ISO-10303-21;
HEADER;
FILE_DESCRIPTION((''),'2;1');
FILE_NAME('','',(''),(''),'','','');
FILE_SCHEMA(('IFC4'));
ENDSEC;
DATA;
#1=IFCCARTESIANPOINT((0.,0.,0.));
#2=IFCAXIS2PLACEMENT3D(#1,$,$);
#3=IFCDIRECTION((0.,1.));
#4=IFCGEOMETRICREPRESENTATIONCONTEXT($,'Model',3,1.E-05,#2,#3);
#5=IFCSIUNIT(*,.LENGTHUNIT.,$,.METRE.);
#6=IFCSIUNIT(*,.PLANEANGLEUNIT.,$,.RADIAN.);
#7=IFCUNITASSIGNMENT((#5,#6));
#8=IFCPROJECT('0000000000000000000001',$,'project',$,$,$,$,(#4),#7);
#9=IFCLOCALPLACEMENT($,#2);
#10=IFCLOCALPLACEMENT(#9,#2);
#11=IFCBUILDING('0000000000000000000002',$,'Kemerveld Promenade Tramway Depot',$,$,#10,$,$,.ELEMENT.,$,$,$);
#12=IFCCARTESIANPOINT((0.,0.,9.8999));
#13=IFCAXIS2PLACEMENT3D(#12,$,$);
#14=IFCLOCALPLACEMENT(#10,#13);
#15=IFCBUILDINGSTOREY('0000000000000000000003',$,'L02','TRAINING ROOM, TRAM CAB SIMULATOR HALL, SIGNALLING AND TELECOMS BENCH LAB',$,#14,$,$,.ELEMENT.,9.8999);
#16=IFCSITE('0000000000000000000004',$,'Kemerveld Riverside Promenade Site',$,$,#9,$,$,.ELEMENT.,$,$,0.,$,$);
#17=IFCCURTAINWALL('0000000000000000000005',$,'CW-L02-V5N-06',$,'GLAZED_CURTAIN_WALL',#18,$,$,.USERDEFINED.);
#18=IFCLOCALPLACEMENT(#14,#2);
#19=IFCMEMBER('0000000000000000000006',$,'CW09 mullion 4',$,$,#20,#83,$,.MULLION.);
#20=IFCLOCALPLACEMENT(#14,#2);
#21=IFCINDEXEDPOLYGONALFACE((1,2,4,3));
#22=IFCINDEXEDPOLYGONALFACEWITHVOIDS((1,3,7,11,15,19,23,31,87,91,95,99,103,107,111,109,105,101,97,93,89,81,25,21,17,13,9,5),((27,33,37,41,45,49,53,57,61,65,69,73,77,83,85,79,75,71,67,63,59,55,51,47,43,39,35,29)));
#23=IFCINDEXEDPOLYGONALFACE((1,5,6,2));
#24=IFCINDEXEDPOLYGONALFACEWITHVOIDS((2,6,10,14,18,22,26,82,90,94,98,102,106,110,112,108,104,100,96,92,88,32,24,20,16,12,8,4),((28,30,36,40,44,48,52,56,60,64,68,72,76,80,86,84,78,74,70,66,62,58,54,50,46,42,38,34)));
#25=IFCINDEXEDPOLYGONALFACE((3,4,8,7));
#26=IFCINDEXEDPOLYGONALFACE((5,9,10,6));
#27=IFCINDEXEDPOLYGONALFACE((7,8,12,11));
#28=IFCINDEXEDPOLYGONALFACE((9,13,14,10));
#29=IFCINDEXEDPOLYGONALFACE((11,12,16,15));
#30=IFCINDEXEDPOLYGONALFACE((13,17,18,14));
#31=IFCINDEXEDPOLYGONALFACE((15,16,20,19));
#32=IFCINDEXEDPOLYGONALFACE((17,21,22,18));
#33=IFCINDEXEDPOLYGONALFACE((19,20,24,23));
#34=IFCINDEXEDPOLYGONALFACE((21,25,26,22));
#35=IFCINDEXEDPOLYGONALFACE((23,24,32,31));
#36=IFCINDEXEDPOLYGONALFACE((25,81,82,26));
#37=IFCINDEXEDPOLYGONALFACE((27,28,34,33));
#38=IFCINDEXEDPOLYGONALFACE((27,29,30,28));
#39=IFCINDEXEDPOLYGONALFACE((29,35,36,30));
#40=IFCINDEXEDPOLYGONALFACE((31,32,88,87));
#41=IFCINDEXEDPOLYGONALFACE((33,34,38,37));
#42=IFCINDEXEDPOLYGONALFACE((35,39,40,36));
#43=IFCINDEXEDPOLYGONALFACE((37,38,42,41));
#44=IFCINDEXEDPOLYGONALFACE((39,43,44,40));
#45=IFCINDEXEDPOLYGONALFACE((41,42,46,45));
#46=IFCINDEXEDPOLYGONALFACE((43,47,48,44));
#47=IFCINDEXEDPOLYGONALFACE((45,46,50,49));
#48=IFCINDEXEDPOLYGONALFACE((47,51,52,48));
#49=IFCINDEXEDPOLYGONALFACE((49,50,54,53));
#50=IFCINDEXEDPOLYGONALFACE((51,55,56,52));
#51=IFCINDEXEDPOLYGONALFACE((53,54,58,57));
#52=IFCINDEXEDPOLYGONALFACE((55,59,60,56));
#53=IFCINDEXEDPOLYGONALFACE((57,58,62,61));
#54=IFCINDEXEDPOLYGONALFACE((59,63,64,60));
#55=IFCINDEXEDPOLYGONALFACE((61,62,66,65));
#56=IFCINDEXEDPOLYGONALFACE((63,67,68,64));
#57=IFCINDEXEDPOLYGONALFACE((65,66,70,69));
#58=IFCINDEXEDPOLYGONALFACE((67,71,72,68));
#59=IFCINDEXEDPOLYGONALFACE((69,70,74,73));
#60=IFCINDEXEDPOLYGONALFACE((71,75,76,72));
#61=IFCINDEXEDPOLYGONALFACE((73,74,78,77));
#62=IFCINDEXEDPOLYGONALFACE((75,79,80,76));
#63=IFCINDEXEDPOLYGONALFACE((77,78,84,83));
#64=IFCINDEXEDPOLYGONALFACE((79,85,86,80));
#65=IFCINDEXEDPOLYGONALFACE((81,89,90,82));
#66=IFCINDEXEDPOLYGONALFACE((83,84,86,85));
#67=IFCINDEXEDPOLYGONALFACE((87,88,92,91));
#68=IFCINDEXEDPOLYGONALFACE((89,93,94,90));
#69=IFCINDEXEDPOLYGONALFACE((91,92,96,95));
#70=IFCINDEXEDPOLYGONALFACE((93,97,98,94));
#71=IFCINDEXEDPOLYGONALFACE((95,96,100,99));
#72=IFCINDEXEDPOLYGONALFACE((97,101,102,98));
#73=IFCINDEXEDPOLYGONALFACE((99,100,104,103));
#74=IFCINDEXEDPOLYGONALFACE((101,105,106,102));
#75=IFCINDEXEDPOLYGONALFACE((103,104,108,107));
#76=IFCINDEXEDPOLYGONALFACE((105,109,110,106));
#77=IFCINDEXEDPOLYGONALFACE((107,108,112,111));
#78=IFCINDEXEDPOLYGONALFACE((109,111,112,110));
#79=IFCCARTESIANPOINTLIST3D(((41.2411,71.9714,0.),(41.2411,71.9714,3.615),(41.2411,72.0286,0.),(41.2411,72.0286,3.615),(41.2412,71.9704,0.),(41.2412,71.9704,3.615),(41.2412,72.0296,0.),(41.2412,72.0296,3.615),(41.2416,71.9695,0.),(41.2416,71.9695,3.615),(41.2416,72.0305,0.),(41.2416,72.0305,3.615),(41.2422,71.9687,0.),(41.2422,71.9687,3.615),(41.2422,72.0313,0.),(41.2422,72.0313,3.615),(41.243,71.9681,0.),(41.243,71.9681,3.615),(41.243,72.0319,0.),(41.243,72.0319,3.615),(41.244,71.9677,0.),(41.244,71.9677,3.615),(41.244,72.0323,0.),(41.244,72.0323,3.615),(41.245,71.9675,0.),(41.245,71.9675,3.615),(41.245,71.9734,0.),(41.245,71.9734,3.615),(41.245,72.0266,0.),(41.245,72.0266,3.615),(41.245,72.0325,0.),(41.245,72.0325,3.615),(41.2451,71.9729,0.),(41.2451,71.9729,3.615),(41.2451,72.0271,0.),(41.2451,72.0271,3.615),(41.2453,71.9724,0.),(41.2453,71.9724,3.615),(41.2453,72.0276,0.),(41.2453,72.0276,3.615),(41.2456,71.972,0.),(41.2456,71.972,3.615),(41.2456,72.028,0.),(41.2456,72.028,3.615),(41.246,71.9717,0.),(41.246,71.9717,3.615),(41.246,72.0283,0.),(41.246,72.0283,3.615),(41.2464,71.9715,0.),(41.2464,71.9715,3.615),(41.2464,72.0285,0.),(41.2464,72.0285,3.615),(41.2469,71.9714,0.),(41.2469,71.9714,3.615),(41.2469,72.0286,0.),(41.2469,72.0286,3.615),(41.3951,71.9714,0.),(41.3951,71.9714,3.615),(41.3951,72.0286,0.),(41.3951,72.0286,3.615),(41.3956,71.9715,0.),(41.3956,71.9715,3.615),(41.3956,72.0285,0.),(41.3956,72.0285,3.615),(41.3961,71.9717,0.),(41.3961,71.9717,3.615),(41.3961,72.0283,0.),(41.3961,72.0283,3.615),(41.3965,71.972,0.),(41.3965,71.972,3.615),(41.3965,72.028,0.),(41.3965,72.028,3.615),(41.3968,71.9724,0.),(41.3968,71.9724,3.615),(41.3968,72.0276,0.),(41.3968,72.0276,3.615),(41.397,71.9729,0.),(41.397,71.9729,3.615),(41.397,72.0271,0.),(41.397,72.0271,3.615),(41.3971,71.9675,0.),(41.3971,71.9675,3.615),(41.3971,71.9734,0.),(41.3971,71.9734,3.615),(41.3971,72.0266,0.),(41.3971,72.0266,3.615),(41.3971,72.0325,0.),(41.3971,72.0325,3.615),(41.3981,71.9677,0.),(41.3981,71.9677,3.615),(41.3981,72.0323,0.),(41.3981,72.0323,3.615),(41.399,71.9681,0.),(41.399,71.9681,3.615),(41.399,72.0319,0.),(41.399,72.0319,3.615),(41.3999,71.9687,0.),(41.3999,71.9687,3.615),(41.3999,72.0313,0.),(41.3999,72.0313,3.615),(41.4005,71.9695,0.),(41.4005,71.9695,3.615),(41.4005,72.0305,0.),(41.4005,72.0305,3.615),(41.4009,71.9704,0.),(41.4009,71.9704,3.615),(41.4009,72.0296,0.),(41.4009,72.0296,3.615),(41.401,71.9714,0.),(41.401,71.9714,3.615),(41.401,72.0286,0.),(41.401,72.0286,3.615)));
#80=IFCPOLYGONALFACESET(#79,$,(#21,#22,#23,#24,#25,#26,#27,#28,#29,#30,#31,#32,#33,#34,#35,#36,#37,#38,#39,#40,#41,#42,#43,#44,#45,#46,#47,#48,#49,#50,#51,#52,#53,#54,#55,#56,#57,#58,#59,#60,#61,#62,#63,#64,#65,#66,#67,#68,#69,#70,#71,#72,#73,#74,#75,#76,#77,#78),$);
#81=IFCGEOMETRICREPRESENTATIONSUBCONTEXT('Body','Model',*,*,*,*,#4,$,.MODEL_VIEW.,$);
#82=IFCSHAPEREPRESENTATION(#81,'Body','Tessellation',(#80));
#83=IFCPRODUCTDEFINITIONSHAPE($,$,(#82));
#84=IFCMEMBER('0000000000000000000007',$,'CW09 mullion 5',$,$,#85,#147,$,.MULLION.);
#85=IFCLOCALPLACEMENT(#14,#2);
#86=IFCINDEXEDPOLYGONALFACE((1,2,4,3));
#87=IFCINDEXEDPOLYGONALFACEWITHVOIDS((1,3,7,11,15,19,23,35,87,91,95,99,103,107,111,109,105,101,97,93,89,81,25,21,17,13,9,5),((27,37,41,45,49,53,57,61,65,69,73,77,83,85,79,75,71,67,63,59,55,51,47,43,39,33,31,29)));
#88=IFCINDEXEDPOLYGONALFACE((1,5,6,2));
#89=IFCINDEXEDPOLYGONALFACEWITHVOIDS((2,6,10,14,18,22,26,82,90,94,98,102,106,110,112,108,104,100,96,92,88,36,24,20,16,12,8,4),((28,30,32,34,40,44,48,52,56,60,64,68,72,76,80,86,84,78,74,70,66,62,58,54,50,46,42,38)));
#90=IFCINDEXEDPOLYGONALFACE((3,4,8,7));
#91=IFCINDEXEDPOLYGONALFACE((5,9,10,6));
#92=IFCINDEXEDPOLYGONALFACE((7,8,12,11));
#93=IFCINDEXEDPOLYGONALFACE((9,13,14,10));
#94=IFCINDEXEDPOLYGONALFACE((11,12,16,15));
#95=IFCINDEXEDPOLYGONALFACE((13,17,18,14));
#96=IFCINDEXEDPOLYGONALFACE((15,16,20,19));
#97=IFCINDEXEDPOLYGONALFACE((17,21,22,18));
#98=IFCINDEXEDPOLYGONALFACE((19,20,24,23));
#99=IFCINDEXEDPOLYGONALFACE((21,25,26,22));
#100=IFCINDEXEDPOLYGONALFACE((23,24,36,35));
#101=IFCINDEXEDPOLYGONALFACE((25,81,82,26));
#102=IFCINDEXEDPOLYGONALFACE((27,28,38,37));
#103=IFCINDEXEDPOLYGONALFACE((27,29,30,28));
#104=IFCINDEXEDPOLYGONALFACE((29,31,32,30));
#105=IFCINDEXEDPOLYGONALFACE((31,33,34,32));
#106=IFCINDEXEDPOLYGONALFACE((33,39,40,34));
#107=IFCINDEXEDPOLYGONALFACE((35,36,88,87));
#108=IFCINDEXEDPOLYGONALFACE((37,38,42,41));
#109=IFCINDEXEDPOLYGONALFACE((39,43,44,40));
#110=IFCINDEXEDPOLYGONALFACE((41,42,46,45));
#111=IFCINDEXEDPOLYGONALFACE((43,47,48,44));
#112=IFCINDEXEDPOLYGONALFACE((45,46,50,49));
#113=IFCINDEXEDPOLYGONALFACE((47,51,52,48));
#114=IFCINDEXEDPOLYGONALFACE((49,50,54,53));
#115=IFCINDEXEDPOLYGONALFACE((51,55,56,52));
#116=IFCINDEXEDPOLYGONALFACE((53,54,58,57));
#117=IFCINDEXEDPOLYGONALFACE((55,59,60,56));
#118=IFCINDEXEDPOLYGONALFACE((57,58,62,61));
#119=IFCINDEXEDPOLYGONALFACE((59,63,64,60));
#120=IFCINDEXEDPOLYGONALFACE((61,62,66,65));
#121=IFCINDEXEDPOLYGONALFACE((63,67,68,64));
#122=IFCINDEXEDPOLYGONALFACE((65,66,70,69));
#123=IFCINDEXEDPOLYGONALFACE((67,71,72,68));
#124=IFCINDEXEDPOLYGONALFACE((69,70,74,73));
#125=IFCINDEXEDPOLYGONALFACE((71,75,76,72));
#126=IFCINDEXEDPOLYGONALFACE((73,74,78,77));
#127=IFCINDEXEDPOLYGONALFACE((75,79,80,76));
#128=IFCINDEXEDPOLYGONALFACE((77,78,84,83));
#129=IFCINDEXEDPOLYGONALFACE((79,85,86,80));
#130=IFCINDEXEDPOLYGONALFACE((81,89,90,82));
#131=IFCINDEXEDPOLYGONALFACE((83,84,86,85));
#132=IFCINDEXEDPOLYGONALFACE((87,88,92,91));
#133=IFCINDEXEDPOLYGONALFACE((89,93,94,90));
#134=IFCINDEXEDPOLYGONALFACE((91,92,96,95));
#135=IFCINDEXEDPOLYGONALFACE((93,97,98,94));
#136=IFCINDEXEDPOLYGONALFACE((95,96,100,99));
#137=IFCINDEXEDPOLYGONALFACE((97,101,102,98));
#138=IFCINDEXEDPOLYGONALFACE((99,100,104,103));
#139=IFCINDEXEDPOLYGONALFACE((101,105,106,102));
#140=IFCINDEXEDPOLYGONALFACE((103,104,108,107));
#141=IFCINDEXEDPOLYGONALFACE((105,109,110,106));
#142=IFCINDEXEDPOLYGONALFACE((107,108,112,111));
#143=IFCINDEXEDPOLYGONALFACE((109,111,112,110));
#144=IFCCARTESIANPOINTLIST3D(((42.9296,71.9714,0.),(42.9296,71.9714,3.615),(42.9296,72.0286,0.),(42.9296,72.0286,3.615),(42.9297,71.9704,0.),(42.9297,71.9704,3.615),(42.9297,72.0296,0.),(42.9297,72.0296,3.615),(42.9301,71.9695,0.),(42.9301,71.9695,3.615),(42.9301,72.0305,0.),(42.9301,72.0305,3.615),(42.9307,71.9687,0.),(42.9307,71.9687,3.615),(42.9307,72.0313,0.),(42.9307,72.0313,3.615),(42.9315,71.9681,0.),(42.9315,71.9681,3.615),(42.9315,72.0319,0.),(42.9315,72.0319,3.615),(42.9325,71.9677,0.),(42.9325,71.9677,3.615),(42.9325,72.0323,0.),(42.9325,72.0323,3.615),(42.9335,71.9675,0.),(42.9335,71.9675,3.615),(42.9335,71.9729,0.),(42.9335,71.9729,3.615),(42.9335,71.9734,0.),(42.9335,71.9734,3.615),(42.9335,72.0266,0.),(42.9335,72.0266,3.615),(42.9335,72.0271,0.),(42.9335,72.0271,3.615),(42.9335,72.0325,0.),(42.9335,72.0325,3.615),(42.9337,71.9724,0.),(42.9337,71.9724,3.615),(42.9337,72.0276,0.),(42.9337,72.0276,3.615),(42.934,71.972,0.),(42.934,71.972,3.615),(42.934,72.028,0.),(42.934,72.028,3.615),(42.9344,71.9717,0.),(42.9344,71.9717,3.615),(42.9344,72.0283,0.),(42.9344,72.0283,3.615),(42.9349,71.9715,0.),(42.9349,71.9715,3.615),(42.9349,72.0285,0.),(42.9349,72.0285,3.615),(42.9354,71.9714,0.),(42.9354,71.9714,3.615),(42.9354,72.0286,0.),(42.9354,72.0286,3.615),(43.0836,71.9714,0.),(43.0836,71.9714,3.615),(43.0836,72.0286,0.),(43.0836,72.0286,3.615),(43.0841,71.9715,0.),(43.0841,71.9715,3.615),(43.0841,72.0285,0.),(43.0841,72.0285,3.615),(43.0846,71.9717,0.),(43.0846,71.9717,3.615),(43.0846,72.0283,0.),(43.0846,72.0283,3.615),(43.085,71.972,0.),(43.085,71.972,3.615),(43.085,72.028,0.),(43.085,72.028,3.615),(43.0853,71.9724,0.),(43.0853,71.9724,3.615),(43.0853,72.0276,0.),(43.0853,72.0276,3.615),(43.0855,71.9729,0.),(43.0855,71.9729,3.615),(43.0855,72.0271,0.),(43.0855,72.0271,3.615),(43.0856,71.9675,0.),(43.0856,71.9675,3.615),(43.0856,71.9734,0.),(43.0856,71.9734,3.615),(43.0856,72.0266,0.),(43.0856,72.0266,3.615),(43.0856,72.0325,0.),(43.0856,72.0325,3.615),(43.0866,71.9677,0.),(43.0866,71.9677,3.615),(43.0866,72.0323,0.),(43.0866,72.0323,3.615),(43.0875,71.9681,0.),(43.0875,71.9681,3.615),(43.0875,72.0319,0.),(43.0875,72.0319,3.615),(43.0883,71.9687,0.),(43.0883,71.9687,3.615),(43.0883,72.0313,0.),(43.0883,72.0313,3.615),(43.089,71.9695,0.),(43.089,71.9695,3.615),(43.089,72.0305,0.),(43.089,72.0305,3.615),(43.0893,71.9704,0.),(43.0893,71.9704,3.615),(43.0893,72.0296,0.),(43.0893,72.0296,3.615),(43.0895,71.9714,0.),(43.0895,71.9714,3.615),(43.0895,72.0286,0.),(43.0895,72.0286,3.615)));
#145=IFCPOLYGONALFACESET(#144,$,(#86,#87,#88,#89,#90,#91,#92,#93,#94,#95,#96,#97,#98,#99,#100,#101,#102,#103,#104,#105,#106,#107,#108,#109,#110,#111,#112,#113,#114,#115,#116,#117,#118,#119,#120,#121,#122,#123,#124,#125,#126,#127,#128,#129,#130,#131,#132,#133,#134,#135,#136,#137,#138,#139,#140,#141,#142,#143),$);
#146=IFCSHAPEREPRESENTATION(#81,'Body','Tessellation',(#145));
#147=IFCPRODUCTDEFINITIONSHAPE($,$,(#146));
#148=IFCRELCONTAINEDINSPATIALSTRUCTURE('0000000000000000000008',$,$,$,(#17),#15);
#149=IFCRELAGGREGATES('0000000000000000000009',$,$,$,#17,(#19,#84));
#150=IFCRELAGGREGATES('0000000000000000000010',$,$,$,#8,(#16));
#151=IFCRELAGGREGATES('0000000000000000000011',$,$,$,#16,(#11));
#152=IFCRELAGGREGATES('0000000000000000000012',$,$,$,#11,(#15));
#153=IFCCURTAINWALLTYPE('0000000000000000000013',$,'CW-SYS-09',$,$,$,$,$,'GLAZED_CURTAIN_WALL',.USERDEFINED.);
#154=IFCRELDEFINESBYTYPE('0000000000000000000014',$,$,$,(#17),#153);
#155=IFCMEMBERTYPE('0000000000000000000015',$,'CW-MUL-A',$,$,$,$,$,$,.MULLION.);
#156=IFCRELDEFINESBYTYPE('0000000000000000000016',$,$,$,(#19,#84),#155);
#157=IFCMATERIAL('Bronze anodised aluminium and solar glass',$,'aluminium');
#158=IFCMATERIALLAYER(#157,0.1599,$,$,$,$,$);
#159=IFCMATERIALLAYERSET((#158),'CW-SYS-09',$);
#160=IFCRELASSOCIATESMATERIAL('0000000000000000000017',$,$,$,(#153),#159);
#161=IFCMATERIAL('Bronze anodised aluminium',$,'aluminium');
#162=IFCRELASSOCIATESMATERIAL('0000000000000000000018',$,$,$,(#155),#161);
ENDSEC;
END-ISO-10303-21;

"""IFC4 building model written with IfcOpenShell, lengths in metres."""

from ifc_helpers import new_model, si_unit, direction, frame, origin, origin_2d, place, context, subcontext, project, spatial, hollow_rectangle, extrude, material, layer, layer_set, material_profile, profile_set, type_object, element, aggregate, save


model = new_model("IFC4")

# Units and contexts
model_context = context("Model", 3, precision=1e-05, world=origin(), true_north=direction((0.0, 1.0)))
body_context = subcontext(model_context, "Body", "Model", "MODEL_VIEW")
ifc_project = project(units=[si_unit("LENGTHUNIT", "METRE"), si_unit("PLANEANGLEUNIT", "RADIAN")], contexts=[model_context])

# Site, building, storey
site_placement = place(None, origin())
site = spatial("IfcSite", under=ifc_project, at=site_placement, Name="Kemerveld Riverside Promenade Site", CompositionType="ELEMENT", RefElevation=0.0)
building_placement = place(site_placement, origin())
building = spatial("IfcBuilding", under=site, at=building_placement, Name="Kemerveld Promenade Tramway Depot", CompositionType="ELEMENT")
storey_placement = place(building_placement, frame((0.0, 0.0, 9.8999)))
storey = spatial("IfcBuildingStorey", under=building, at=storey_placement, Name="L02", Description="TRAINING ROOM, TRAM CAB SIMULATOR HALL, SIGNALLING AND TELECOMS BENCH LAB", CompositionType="ELEMENT", Elevation=9.8999)

# Curtain wall, members
ifc_material_1 = material(Name="Bronze anodised aluminium and solar glass", Category="aluminium")
ifc_layer_1 = layer(ifc_material_1, 0.1599)
ifc_layer_set_1 = layer_set([ifc_layer_1], Name="CW-SYS-09")
curtain_wall_type = type_object("IfcCurtainWallType", Name="CW-SYS-09", ElementType="GLAZED_CURTAIN_WALL", PredefinedType="USERDEFINED", material=ifc_layer_set_1)
curtain_wall_placement = place(storey_placement, origin())
curtain_wall = element("IfcCurtainWall", 1, at=curtain_wall_placement, inside=storey, type_object=curtain_wall_type, Name="CW-L02-V5N-06", ObjectType="GLAZED_CURTAIN_WALL", PredefinedType="USERDEFINED")
ifc_material_2 = material(Name="Bronze anodised aluminium", Category="aluminium")
ifc_material_profile_1 = material_profile(ifc_material_2, hollow_rectangle(XDim=0.0649, YDim=0.1599, WallThickness=0.0039, InnerFilletRadius=0.002, OuterFilletRadius=0.0039, at=origin_2d()), Name="CW-MUL-160x65")
ifc_profile_set_1 = profile_set([ifc_material_profile_1], Name="Bronze anodised aluminium")
member_type_1 = type_object("IfcMemberType", Name="CW-MUL-A", PredefinedType="MULLION", material=ifc_profile_set_1)
member_1_placement = place(storey_placement, frame((41.321, 72.0, 0.0), z_axis=(0.0, 0.0, 1.0), x_axis=(0.0, 1.0, 0.0)))
member_1 = element("IfcMember", 2, at=member_1_placement, type_object=member_type_1, Name="CW09 mullion 4", PredefinedType="MULLION", context=body_context, shape_type="SweptSolid", body=[
    extrude(hollow_rectangle(XDim=0.0649, YDim=0.1599, WallThickness=0.0039, InnerFilletRadius=0.002, OuterFilletRadius=0.0039, at=origin_2d()), origin(), (0.0, 0.0, 1.0), 3.615),
])
member_2_placement = place(storey_placement, frame((43.0095, 72.0, 0.0), z_axis=(0.0, 0.0, 1.0), x_axis=(0.0, 1.0, 0.0)))
member_2 = element("IfcMember", 3, at=member_2_placement, type_object=member_type_1, Name="CW09 mullion 5", PredefinedType="MULLION", context=body_context, shape_type="SweptSolid", body=[
    extrude(hollow_rectangle(XDim=0.0649, YDim=0.1599, WallThickness=0.0039, InnerFilletRadius=0.002, OuterFilletRadius=0.0039, at=origin_2d()), origin(), (0.0, 0.0, 1.0), 3.615),
])
aggregate(curtain_wall, [member_1, member_2])

save(model, "model.ifc")
